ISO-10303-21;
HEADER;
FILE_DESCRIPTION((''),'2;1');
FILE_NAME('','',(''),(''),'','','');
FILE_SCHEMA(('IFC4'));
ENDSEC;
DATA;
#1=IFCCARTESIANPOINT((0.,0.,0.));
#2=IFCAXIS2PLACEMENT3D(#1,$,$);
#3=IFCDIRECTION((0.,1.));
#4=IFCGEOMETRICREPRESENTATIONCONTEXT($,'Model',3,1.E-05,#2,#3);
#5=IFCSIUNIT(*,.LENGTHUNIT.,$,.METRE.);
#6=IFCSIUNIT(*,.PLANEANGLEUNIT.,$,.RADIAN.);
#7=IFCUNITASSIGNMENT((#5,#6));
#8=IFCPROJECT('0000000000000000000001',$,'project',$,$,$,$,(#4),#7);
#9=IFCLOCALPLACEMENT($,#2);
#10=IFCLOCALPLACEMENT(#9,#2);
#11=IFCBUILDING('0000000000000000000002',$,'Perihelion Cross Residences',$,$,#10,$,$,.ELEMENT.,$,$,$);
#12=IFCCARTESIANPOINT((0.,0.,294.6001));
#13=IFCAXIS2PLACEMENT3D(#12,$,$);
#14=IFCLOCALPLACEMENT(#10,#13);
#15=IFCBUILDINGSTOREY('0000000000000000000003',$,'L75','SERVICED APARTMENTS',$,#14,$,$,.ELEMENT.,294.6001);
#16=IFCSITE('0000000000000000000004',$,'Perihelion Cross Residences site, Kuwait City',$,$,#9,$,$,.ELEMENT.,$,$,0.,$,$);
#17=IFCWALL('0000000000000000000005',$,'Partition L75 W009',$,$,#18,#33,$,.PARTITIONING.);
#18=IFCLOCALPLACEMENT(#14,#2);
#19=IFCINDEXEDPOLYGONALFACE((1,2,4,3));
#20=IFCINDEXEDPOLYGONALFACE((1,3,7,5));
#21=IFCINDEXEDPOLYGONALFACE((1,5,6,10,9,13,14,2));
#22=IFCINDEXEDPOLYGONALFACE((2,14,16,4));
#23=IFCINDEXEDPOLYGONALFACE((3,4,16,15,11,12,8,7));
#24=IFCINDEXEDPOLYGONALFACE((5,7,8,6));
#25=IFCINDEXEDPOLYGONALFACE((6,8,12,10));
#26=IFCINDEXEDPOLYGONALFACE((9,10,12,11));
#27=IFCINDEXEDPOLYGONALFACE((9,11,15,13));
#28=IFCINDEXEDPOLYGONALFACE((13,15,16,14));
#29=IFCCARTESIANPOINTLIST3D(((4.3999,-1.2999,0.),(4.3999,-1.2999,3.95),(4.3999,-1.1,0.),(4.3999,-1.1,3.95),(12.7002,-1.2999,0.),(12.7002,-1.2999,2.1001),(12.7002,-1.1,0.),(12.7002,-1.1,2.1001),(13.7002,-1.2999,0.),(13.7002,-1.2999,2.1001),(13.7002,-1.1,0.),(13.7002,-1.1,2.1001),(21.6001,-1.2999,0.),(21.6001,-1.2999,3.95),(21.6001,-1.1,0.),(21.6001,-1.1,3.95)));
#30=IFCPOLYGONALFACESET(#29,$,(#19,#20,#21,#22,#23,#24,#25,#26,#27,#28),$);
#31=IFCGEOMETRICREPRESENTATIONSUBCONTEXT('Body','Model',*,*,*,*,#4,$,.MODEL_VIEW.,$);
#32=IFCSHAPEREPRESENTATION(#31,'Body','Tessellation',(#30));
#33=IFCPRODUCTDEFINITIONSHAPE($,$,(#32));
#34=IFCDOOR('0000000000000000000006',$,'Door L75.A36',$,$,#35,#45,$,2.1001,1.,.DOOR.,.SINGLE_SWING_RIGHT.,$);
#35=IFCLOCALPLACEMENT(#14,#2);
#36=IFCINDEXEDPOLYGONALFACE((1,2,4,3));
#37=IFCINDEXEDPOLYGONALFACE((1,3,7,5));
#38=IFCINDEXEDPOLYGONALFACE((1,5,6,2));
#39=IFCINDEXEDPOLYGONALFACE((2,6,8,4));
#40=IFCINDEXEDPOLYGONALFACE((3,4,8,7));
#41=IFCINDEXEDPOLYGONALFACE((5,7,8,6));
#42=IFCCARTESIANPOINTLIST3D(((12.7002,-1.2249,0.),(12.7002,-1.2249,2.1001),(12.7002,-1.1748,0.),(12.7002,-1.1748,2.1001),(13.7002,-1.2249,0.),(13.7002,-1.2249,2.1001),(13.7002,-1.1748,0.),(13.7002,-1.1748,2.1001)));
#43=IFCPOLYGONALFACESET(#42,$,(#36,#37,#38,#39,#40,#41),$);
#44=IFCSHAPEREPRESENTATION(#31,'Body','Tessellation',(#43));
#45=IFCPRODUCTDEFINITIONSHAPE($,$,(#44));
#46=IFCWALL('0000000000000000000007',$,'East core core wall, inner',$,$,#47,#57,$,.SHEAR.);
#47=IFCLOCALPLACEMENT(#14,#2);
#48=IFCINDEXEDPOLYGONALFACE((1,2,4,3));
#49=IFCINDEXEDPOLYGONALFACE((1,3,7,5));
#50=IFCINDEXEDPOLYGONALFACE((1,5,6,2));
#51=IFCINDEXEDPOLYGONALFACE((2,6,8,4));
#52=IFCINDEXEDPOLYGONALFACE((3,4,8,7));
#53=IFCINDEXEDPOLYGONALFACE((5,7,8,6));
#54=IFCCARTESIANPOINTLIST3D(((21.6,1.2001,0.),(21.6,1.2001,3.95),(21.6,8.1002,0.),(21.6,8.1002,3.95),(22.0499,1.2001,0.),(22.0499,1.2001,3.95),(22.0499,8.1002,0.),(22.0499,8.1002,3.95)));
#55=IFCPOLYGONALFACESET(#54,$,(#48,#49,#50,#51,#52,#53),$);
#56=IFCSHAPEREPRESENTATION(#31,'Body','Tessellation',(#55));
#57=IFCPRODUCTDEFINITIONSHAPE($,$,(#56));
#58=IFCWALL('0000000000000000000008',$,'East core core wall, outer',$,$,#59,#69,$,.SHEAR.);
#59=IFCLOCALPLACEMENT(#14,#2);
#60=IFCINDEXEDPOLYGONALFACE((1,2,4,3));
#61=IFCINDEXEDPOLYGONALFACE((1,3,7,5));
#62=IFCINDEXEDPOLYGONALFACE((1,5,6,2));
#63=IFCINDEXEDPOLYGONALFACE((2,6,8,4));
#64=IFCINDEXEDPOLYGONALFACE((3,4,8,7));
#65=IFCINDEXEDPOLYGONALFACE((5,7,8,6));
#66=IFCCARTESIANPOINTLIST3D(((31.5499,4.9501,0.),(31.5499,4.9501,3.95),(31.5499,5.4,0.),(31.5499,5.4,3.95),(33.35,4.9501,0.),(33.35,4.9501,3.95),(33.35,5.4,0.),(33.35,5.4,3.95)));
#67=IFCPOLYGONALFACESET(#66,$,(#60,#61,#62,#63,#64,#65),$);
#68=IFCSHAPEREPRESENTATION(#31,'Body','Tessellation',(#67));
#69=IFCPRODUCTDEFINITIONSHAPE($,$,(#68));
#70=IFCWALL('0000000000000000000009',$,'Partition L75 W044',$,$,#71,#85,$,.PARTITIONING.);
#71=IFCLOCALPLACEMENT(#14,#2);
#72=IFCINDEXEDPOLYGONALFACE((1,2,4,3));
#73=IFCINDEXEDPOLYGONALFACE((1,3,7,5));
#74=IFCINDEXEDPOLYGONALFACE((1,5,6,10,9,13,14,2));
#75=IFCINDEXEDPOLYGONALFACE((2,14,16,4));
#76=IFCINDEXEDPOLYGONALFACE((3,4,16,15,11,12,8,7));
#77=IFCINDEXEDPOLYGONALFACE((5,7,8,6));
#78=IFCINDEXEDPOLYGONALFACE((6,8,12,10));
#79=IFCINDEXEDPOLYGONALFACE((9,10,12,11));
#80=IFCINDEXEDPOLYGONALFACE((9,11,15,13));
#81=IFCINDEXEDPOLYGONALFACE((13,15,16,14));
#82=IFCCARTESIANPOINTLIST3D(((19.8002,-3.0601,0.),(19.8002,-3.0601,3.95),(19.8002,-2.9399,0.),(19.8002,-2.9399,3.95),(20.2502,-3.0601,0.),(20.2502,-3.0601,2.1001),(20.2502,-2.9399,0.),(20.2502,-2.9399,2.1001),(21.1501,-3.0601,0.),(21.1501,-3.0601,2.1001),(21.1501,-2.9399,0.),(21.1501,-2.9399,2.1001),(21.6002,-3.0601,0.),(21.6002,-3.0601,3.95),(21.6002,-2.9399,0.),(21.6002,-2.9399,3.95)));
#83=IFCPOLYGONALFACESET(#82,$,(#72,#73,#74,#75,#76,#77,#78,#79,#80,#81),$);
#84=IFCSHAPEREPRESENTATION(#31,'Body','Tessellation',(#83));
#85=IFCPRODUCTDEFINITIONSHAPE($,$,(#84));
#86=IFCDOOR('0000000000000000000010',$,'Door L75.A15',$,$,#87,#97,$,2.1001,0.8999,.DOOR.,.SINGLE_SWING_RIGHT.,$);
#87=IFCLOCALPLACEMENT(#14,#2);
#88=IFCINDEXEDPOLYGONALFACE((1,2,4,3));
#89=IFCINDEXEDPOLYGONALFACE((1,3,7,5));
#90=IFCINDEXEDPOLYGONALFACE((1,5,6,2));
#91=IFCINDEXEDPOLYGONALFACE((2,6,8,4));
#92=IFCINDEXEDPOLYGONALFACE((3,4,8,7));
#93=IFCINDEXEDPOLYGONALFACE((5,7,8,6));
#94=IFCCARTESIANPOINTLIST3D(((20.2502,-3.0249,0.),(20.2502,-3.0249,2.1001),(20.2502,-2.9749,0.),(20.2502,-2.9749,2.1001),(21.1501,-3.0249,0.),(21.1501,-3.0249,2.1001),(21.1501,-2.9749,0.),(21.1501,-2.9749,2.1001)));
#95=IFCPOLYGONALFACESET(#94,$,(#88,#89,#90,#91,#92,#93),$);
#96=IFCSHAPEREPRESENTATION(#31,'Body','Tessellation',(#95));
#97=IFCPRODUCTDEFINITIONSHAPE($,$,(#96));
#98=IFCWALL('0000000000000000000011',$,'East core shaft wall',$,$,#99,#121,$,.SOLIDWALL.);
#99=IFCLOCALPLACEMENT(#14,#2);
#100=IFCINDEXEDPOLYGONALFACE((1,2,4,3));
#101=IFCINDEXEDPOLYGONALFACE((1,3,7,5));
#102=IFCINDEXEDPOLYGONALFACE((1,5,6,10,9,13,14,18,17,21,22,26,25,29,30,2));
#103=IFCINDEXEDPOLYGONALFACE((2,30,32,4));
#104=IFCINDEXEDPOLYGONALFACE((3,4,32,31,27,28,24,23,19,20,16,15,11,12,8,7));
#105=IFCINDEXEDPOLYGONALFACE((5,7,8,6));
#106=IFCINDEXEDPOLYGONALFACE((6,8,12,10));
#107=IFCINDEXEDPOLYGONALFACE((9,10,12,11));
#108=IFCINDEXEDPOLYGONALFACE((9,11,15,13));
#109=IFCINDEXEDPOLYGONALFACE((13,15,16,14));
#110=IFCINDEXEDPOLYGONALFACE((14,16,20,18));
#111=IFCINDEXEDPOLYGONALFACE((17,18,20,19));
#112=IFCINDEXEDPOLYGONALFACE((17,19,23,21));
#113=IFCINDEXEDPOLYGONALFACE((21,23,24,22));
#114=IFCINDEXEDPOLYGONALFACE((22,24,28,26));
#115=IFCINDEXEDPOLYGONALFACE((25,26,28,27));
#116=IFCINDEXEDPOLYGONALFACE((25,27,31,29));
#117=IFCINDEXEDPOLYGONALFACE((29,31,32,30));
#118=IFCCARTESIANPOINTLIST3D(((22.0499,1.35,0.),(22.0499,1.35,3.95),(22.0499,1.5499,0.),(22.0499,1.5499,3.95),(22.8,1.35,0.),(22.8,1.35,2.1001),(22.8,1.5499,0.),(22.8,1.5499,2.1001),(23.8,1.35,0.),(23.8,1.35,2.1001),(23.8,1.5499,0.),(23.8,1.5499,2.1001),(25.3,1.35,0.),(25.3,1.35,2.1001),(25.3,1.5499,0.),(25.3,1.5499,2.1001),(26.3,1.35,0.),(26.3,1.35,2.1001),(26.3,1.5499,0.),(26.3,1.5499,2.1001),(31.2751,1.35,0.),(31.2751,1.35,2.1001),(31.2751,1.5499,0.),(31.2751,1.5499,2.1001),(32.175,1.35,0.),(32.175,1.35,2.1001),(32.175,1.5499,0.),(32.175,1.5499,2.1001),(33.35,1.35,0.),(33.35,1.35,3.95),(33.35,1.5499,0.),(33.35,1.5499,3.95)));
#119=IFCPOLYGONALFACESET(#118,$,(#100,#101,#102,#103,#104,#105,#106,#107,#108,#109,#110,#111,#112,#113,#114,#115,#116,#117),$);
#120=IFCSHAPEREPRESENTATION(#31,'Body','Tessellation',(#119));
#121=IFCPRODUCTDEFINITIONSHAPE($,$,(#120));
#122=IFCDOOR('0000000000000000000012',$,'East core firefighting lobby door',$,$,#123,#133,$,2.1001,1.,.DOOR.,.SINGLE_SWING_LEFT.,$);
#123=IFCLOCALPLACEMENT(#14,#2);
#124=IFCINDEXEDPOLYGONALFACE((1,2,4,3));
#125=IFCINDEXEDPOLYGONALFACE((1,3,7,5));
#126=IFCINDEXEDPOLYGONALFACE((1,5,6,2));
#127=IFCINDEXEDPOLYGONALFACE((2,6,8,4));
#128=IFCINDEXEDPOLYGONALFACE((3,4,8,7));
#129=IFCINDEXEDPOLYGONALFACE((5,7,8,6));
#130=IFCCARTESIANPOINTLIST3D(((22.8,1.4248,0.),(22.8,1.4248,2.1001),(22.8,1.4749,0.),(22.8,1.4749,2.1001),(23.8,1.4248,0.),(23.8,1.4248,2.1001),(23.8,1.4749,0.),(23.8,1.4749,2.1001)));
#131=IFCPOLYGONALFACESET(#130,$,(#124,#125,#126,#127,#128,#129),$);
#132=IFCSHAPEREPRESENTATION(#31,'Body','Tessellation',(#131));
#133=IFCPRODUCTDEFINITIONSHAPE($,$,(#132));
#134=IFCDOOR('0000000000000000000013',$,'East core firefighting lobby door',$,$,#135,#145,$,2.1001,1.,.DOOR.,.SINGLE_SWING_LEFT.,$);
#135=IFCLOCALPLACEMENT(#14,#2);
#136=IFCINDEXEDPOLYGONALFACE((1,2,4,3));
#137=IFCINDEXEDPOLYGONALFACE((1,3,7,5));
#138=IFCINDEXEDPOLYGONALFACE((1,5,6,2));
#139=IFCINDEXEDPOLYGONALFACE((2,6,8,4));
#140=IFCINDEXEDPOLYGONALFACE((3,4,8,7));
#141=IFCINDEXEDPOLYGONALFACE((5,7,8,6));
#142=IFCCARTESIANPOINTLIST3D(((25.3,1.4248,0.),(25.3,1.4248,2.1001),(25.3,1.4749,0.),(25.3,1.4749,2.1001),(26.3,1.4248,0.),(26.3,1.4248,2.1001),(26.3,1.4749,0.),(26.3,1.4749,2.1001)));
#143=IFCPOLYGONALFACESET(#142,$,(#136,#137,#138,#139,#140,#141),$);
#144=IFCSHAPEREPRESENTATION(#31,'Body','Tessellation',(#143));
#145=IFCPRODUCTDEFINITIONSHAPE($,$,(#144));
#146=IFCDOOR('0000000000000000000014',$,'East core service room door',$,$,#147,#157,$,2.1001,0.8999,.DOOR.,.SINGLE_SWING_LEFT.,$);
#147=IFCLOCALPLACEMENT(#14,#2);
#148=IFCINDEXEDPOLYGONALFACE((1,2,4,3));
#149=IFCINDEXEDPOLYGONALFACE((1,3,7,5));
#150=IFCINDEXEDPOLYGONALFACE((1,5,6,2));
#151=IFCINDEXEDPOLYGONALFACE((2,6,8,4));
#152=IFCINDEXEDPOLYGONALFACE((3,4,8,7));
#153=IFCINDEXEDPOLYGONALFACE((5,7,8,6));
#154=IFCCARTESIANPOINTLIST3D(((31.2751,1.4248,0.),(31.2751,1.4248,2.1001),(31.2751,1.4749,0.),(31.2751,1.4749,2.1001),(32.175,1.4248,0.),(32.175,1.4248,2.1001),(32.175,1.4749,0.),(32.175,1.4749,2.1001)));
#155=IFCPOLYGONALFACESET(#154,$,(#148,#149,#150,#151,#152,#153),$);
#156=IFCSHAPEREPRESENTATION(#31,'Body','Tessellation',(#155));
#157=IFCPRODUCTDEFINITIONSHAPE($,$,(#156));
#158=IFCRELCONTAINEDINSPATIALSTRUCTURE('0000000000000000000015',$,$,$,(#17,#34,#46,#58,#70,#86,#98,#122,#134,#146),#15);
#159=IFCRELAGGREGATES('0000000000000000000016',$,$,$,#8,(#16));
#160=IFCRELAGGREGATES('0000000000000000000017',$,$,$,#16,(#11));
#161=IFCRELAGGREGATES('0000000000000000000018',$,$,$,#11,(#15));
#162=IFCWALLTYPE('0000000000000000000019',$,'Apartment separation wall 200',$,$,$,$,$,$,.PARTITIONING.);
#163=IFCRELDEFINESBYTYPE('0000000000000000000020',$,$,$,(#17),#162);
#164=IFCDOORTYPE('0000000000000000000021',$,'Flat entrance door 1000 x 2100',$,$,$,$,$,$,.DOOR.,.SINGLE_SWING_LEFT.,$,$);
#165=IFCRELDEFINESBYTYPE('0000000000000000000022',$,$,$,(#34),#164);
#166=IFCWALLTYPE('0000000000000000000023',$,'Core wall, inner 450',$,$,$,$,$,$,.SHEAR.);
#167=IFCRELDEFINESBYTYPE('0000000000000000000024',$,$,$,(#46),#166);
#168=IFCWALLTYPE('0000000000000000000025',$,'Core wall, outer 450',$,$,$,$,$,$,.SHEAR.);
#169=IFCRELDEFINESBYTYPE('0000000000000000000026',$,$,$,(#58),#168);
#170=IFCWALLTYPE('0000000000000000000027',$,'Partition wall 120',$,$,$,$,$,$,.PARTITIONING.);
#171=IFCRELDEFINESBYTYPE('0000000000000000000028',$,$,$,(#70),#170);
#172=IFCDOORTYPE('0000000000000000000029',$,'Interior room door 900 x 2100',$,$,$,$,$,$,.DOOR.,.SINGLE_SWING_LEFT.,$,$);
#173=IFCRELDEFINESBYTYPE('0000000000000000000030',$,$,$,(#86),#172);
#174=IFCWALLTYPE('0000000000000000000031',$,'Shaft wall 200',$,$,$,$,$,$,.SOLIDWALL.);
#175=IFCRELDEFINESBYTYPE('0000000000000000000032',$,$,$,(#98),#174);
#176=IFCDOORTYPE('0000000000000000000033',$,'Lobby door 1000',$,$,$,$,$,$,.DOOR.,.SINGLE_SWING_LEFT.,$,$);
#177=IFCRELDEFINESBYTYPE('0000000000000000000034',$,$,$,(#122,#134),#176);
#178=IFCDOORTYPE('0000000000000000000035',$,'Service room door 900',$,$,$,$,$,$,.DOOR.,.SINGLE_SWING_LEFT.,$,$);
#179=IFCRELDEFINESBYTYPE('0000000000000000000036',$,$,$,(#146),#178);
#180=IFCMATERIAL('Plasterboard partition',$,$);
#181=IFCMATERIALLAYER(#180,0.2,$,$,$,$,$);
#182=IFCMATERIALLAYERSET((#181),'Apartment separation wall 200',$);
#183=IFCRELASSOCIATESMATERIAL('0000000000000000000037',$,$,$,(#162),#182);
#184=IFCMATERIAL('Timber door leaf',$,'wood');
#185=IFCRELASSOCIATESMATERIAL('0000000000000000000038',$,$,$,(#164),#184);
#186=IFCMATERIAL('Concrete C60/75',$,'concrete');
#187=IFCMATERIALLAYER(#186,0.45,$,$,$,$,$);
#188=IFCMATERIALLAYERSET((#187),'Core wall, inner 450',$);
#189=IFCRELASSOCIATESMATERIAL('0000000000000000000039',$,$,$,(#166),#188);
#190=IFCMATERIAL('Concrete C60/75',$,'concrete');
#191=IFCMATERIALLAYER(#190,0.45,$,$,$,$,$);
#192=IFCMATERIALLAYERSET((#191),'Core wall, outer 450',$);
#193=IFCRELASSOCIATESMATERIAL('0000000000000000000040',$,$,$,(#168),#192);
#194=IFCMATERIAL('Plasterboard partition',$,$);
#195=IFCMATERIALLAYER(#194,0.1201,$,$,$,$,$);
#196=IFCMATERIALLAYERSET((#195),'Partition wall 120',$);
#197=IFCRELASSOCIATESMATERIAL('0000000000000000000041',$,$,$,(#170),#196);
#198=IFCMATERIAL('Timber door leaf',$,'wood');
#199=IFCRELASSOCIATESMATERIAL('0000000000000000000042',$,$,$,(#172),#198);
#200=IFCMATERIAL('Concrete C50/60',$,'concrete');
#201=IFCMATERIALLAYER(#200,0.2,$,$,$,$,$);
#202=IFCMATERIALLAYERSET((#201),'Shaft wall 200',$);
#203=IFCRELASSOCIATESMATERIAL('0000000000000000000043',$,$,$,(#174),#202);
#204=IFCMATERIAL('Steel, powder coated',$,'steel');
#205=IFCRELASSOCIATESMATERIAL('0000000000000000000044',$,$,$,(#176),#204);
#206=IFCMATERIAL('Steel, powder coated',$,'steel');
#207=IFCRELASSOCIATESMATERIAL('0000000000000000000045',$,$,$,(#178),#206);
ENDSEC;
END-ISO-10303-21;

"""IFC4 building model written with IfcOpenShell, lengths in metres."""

from ifc_helpers import new_model, si_unit, direction, frame, frame_2d, origin, place, context, subcontext, project, spatial, rectangle, extrude, material, layer, layer_set, type_object, element, fill, save


model = new_model("IFC4")

# Units and contexts
model_context = context("Model", 3, precision=1e-05, world=origin(), true_north=direction((0.0, 1.0)))
body_context = subcontext(model_context, "Body", "Model", "MODEL_VIEW")
ifc_project = project(units=[si_unit("LENGTHUNIT", "METRE"), si_unit("PLANEANGLEUNIT", "RADIAN")], contexts=[model_context])

# Site, building, storey
site_placement = place(None, origin())
site = spatial("IfcSite", under=ifc_project, at=site_placement, Name="Perihelion Cross Residences site, Kuwait City", CompositionType="ELEMENT", RefElevation=0.0)
building_placement = place(site_placement, origin())
building = spatial("IfcBuilding", under=site, at=building_placement, Name="Perihelion Cross Residences", CompositionType="ELEMENT")
storey_placement = place(building_placement, frame((0.0, 0.0, 294.6001)))
storey = spatial("IfcBuildingStorey", under=building, at=storey_placement, Name="L75", Description="SERVICED APARTMENTS", CompositionType="ELEMENT", Elevation=294.6001)

# Wall, opening, door
ifc_material_1 = material(Name="Plasterboard partition")
ifc_layer_1 = layer(ifc_material_1, 0.2)
ifc_layer_set_1 = layer_set([ifc_layer_1], Name="Apartment separation wall 200")
wall_type_1 = type_object("IfcWallType", Name="Apartment separation wall 200", PredefinedType="PARTITIONING", material=ifc_layer_set_1)
wall_1_placement = place(storey_placement, frame((21.6001, -1.2, 0.0), z_axis=(0.0, 0.0, 1.0), x_axis=(-1.0, 0.0, 0.0)))
wall_1 = element("IfcWall", 1, at=wall_1_placement, inside=storey, type_object=wall_type_1, Name="Partition L75 W009", PredefinedType="PARTITIONING", context=body_context, shape_type="SweptSolid", body=[
    extrude(rectangle(XDim=17.2002, YDim=0.2, at=frame_2d((8.6001, 0.0))), origin(), (0.0, 0.0, 1.0), 3.95),
])
opening_1_placement = place(wall_1_placement, frame((7.8999, 0.0, 0.0)))
opening_1 = element("IfcOpeningElement", 2, at=opening_1_placement, cuts=wall_1, PredefinedType="OPENING", context=body_context, shape_type="SweptSolid", body=[
    extrude(rectangle(XDim=1.0, YDim=2.1001, at=frame_2d((0.5, 1.05))), frame((0.0, 0.1099, 0.0), z_axis=(0.0, -1.0, 0.0), x_axis=(1.0, 0.0, 0.0)), (0.0, 0.0, 1.0), 0.22),
])
ifc_material_2 = material(Name="Timber door leaf", Category="wood")
door_type_1 = type_object("IfcDoorType", Name="Flat entrance door 1000 x 2100", OperationType="SINGLE_SWING_LEFT", PredefinedType="DOOR", material=ifc_material_2)
door_1_placement = place(opening_1_placement, origin())
door_1 = element("IfcDoor", 3, at=door_1_placement, inside=storey, type_object=door_type_1, Name="Door L75.A36", OperationType="SINGLE_SWING_RIGHT", OverallHeight=2.1001, OverallWidth=1.0, PredefinedType="DOOR", context=body_context, shape_type="SweptSolid", body=[
    extrude(rectangle(XDim=1.0, YDim=2.1001, at=frame_2d((0.5, 1.05))), frame((0.0, 0.0249, 0.0), z_axis=(0.0, -1.0, 0.0), x_axis=(1.0, 0.0, 0.0)), (0.0, 0.0, 1.0), 0.05),
])
fill(opening_1, door_1)

# Walls
ifc_material_3 = material(Name="Concrete C60/75", Category="concrete")
ifc_layer_2 = layer(ifc_material_3, 0.45)
ifc_layer_set_2 = layer_set([ifc_layer_2], Name="Core wall, inner 450")
wall_type_2 = type_object("IfcWallType", Name="Core wall, inner 450", PredefinedType="SHEAR", material=ifc_layer_set_2)
wall_2_placement = place(storey_placement, frame((21.825, 1.2, 0.0), z_axis=(0.0, 0.0, 1.0), x_axis=(0.0, 1.0, 0.0)))
element("IfcWall", 4, at=wall_2_placement, inside=storey, type_object=wall_type_2, Name="East core core wall, inner", PredefinedType="SHEAR", context=body_context, shape_type="SweptSolid", body=[
    extrude(rectangle(XDim=6.9001, YDim=0.45, at=frame_2d((3.4502, 0.0))), origin(), (0.0, 0.0, 1.0), 3.95),
])
ifc_material_4 = material(Name="Concrete C60/75", Category="concrete")
ifc_layer_3 = layer(ifc_material_4, 0.45)
ifc_layer_set_3 = layer_set([ifc_layer_3], Name="Core wall, outer 450")
wall_type_3 = type_object("IfcWallType", Name="Core wall, outer 450", PredefinedType="SHEAR", material=ifc_layer_set_3)
wall_3_placement = place(storey_placement, frame((31.55, 5.175, 0.0), z_axis=(0.0, 0.0, 1.0), x_axis=(1.0, 0.0, 0.0)))
element("IfcWall", 5, at=wall_3_placement, inside=storey, type_object=wall_type_3, Name="East core core wall, outer", PredefinedType="SHEAR", context=body_context, shape_type="SweptSolid", body=[
    extrude(rectangle(XDim=1.8, YDim=0.45, at=frame_2d((0.8999, 0.0))), origin(), (0.0, 0.0, 1.0), 3.95),
])

# Wall, opening, door
ifc_material_5 = material(Name="Plasterboard partition")
ifc_layer_4 = layer(ifc_material_5, 0.1201)
ifc_layer_set_4 = layer_set([ifc_layer_4], Name="Partition wall 120")
wall_type_4 = type_object("IfcWallType", Name="Partition wall 120", PredefinedType="PARTITIONING", material=ifc_layer_set_4)
wall_4_placement = place(storey_placement, frame((21.6001, -3.0, 0.0), z_axis=(0.0, 0.0, 1.0), x_axis=(-1.0, 0.0, 0.0)))
wall_4 = element("IfcWall", 6, at=wall_4_placement, inside=storey, type_object=wall_type_4, Name="Partition L75 W044", PredefinedType="PARTITIONING", context=body_context, shape_type="SweptSolid", body=[
    extrude(rectangle(XDim=1.8, YDim=0.1201, at=frame_2d((0.8999, 0.0))), origin(), (0.0, 0.0, 1.0), 3.95),
])
opening_2_placement = place(wall_4_placement, frame((0.45, 0.0, 0.0)))
opening_2 = element("IfcOpeningElement", 7, at=opening_2_placement, cuts=wall_4, PredefinedType="OPENING", context=body_context, shape_type="SweptSolid", body=[
    extrude(rectangle(XDim=0.8999, YDim=2.1001, at=frame_2d((0.45, 1.05))), frame((0.0, 0.0701, 0.0), z_axis=(0.0, -1.0, 0.0), x_axis=(1.0, 0.0, 0.0)), (0.0, 0.0, 1.0), 0.1401),
])
ifc_material_6 = material(Name="Timber door leaf", Category="wood")
door_type_2 = type_object("IfcDoorType", Name="Interior room door 900 x 2100", OperationType="SINGLE_SWING_LEFT", PredefinedType="DOOR", material=ifc_material_6)
door_2_placement = place(opening_2_placement, origin())
door_2 = element("IfcDoor", 8, at=door_2_placement, inside=storey, type_object=door_type_2, Name="Door L75.A15", OperationType="SINGLE_SWING_RIGHT", OverallHeight=2.1001, OverallWidth=0.8999, PredefinedType="DOOR", context=body_context, shape_type="SweptSolid", body=[
    extrude(rectangle(XDim=0.8999, YDim=2.1001, at=frame_2d((0.45, 1.05))), frame((0.0, 0.0249, 0.0), z_axis=(0.0, -1.0, 0.0), x_axis=(1.0, 0.0, 0.0)), (0.0, 0.0, 1.0), 0.05),
])
fill(opening_2, door_2)

# Wall, openings, doors
ifc_material_7 = material(Name="Concrete C50/60", Category="concrete")
ifc_layer_5 = layer(ifc_material_7, 0.2)
ifc_layer_set_5 = layer_set([ifc_layer_5], Name="Shaft wall 200")
wall_type_5 = type_object("IfcWallType", Name="Shaft wall 200", PredefinedType="SOLIDWALL", material=ifc_layer_set_5)
wall_5_placement = place(storey_placement, frame((22.05, 1.45, 0.0), z_axis=(0.0, 0.0, 1.0), x_axis=(1.0, 0.0, 0.0)))
wall_5 = element("IfcWall", 9, at=wall_5_placement, inside=storey, type_object=wall_type_5, Name="East core shaft wall", PredefinedType="SOLIDWALL", context=body_context, shape_type="SweptSolid", body=[
    extrude(rectangle(XDim=11.3, YDim=0.2, at=frame_2d((5.6499, 0.0))), origin(), (0.0, 0.0, 1.0), 3.95),
])
opening_3_placement = place(wall_5_placement, frame((0.75, 0.0, 0.0)))
opening_3 = element("IfcOpeningElement", 10, at=opening_3_placement, cuts=wall_5, PredefinedType="OPENING", context=body_context, shape_type="SweptSolid", body=[
    extrude(rectangle(XDim=1.0, YDim=2.1001, at=frame_2d((0.5, 1.05))), frame((0.0, 0.1099, 0.0), z_axis=(0.0, -1.0, 0.0), x_axis=(1.0, 0.0, 0.0)), (0.0, 0.0, 1.0), 0.22),
])
opening_4_placement = place(wall_5_placement, frame((3.25, 0.0, 0.0)))
opening_4 = element("IfcOpeningElement", 11, at=opening_4_placement, cuts=wall_5, PredefinedType="OPENING", context=body_context, shape_type="SweptSolid", body=[
    extrude(rectangle(XDim=1.0, YDim=2.1001, at=frame_2d((0.5, 1.05))), frame((0.0, 0.1099, 0.0), z_axis=(0.0, -1.0, 0.0), x_axis=(1.0, 0.0, 0.0)), (0.0, 0.0, 1.0), 0.22),
])
opening_5_placement = place(wall_5_placement, frame((9.2251, 0.0, 0.0)))
opening_5 = element("IfcOpeningElement", 12, at=opening_5_placement, cuts=wall_5, PredefinedType="OPENING", context=body_context, shape_type="SweptSolid", body=[
    extrude(rectangle(XDim=0.8999, YDim=2.1001, at=frame_2d((0.45, 1.05))), frame((0.0, 0.1099, 0.0), z_axis=(0.0, -1.0, 0.0), x_axis=(1.0, 0.0, 0.0)), (0.0, 0.0, 1.0), 0.22),
])
ifc_material_8 = material(Name="Steel, powder coated", Category="steel")
door_type_3 = type_object("IfcDoorType", Name="Lobby door 1000", OperationType="SINGLE_SWING_LEFT", PredefinedType="DOOR", material=ifc_material_8)
door_3_placement = place(opening_3_placement, origin())
door_3 = element("IfcDoor", 13, at=door_3_placement, inside=storey, type_object=door_type_3, Name="East core firefighting lobby door", OperationType="SINGLE_SWING_LEFT", OverallHeight=2.1001, OverallWidth=1.0, PredefinedType="DOOR", context=body_context, shape_type="SweptSolid", body=[
    extrude(rectangle(XDim=1.0, YDim=2.1001, at=frame_2d((0.5, 1.05))), frame((0.0, 0.0249, 0.0), z_axis=(0.0, -1.0, 0.0), x_axis=(1.0, 0.0, 0.0)), (0.0, 0.0, 1.0), 0.05),
])
fill(opening_3, door_3)
door_4_placement = place(opening_4_placement, origin())
door_4 = element("IfcDoor", 14, at=door_4_placement, inside=storey, type_object=door_type_3, Name="East core firefighting lobby door", OperationType="SINGLE_SWING_LEFT", OverallHeight=2.1001, OverallWidth=1.0, PredefinedType="DOOR", context=body_context, shape_type="SweptSolid", body=[
    extrude(rectangle(XDim=1.0, YDim=2.1001, at=frame_2d((0.5, 1.05))), frame((0.0, 0.0249, 0.0), z_axis=(0.0, -1.0, 0.0), x_axis=(1.0, 0.0, 0.0)), (0.0, 0.0, 1.0), 0.05),
])
fill(opening_4, door_4)
ifc_material_9 = material(Name="Steel, powder coated", Category="steel")
door_type_4 = type_object("IfcDoorType", Name="Service room door 900", OperationType="SINGLE_SWING_LEFT", PredefinedType="DOOR", material=ifc_material_9)
door_5_placement = place(opening_5_placement, origin())
door_5 = element("IfcDoor", 15, at=door_5_placement, inside=storey, type_object=door_type_4, Name="East core service room door", OperationType="SINGLE_SWING_LEFT", OverallHeight=2.1001, OverallWidth=0.8999, PredefinedType="DOOR", context=body_context, shape_type="SweptSolid", body=[
    extrude(rectangle(XDim=0.8999, YDim=2.1001, at=frame_2d((0.45, 1.05))), frame((0.0, 0.0249, 0.0), z_axis=(0.0, -1.0, 0.0), x_axis=(1.0, 0.0, 0.0)), (0.0, 0.0, 1.0), 0.05),
])
fill(opening_5, door_5)

save(model, "model.ifc")
